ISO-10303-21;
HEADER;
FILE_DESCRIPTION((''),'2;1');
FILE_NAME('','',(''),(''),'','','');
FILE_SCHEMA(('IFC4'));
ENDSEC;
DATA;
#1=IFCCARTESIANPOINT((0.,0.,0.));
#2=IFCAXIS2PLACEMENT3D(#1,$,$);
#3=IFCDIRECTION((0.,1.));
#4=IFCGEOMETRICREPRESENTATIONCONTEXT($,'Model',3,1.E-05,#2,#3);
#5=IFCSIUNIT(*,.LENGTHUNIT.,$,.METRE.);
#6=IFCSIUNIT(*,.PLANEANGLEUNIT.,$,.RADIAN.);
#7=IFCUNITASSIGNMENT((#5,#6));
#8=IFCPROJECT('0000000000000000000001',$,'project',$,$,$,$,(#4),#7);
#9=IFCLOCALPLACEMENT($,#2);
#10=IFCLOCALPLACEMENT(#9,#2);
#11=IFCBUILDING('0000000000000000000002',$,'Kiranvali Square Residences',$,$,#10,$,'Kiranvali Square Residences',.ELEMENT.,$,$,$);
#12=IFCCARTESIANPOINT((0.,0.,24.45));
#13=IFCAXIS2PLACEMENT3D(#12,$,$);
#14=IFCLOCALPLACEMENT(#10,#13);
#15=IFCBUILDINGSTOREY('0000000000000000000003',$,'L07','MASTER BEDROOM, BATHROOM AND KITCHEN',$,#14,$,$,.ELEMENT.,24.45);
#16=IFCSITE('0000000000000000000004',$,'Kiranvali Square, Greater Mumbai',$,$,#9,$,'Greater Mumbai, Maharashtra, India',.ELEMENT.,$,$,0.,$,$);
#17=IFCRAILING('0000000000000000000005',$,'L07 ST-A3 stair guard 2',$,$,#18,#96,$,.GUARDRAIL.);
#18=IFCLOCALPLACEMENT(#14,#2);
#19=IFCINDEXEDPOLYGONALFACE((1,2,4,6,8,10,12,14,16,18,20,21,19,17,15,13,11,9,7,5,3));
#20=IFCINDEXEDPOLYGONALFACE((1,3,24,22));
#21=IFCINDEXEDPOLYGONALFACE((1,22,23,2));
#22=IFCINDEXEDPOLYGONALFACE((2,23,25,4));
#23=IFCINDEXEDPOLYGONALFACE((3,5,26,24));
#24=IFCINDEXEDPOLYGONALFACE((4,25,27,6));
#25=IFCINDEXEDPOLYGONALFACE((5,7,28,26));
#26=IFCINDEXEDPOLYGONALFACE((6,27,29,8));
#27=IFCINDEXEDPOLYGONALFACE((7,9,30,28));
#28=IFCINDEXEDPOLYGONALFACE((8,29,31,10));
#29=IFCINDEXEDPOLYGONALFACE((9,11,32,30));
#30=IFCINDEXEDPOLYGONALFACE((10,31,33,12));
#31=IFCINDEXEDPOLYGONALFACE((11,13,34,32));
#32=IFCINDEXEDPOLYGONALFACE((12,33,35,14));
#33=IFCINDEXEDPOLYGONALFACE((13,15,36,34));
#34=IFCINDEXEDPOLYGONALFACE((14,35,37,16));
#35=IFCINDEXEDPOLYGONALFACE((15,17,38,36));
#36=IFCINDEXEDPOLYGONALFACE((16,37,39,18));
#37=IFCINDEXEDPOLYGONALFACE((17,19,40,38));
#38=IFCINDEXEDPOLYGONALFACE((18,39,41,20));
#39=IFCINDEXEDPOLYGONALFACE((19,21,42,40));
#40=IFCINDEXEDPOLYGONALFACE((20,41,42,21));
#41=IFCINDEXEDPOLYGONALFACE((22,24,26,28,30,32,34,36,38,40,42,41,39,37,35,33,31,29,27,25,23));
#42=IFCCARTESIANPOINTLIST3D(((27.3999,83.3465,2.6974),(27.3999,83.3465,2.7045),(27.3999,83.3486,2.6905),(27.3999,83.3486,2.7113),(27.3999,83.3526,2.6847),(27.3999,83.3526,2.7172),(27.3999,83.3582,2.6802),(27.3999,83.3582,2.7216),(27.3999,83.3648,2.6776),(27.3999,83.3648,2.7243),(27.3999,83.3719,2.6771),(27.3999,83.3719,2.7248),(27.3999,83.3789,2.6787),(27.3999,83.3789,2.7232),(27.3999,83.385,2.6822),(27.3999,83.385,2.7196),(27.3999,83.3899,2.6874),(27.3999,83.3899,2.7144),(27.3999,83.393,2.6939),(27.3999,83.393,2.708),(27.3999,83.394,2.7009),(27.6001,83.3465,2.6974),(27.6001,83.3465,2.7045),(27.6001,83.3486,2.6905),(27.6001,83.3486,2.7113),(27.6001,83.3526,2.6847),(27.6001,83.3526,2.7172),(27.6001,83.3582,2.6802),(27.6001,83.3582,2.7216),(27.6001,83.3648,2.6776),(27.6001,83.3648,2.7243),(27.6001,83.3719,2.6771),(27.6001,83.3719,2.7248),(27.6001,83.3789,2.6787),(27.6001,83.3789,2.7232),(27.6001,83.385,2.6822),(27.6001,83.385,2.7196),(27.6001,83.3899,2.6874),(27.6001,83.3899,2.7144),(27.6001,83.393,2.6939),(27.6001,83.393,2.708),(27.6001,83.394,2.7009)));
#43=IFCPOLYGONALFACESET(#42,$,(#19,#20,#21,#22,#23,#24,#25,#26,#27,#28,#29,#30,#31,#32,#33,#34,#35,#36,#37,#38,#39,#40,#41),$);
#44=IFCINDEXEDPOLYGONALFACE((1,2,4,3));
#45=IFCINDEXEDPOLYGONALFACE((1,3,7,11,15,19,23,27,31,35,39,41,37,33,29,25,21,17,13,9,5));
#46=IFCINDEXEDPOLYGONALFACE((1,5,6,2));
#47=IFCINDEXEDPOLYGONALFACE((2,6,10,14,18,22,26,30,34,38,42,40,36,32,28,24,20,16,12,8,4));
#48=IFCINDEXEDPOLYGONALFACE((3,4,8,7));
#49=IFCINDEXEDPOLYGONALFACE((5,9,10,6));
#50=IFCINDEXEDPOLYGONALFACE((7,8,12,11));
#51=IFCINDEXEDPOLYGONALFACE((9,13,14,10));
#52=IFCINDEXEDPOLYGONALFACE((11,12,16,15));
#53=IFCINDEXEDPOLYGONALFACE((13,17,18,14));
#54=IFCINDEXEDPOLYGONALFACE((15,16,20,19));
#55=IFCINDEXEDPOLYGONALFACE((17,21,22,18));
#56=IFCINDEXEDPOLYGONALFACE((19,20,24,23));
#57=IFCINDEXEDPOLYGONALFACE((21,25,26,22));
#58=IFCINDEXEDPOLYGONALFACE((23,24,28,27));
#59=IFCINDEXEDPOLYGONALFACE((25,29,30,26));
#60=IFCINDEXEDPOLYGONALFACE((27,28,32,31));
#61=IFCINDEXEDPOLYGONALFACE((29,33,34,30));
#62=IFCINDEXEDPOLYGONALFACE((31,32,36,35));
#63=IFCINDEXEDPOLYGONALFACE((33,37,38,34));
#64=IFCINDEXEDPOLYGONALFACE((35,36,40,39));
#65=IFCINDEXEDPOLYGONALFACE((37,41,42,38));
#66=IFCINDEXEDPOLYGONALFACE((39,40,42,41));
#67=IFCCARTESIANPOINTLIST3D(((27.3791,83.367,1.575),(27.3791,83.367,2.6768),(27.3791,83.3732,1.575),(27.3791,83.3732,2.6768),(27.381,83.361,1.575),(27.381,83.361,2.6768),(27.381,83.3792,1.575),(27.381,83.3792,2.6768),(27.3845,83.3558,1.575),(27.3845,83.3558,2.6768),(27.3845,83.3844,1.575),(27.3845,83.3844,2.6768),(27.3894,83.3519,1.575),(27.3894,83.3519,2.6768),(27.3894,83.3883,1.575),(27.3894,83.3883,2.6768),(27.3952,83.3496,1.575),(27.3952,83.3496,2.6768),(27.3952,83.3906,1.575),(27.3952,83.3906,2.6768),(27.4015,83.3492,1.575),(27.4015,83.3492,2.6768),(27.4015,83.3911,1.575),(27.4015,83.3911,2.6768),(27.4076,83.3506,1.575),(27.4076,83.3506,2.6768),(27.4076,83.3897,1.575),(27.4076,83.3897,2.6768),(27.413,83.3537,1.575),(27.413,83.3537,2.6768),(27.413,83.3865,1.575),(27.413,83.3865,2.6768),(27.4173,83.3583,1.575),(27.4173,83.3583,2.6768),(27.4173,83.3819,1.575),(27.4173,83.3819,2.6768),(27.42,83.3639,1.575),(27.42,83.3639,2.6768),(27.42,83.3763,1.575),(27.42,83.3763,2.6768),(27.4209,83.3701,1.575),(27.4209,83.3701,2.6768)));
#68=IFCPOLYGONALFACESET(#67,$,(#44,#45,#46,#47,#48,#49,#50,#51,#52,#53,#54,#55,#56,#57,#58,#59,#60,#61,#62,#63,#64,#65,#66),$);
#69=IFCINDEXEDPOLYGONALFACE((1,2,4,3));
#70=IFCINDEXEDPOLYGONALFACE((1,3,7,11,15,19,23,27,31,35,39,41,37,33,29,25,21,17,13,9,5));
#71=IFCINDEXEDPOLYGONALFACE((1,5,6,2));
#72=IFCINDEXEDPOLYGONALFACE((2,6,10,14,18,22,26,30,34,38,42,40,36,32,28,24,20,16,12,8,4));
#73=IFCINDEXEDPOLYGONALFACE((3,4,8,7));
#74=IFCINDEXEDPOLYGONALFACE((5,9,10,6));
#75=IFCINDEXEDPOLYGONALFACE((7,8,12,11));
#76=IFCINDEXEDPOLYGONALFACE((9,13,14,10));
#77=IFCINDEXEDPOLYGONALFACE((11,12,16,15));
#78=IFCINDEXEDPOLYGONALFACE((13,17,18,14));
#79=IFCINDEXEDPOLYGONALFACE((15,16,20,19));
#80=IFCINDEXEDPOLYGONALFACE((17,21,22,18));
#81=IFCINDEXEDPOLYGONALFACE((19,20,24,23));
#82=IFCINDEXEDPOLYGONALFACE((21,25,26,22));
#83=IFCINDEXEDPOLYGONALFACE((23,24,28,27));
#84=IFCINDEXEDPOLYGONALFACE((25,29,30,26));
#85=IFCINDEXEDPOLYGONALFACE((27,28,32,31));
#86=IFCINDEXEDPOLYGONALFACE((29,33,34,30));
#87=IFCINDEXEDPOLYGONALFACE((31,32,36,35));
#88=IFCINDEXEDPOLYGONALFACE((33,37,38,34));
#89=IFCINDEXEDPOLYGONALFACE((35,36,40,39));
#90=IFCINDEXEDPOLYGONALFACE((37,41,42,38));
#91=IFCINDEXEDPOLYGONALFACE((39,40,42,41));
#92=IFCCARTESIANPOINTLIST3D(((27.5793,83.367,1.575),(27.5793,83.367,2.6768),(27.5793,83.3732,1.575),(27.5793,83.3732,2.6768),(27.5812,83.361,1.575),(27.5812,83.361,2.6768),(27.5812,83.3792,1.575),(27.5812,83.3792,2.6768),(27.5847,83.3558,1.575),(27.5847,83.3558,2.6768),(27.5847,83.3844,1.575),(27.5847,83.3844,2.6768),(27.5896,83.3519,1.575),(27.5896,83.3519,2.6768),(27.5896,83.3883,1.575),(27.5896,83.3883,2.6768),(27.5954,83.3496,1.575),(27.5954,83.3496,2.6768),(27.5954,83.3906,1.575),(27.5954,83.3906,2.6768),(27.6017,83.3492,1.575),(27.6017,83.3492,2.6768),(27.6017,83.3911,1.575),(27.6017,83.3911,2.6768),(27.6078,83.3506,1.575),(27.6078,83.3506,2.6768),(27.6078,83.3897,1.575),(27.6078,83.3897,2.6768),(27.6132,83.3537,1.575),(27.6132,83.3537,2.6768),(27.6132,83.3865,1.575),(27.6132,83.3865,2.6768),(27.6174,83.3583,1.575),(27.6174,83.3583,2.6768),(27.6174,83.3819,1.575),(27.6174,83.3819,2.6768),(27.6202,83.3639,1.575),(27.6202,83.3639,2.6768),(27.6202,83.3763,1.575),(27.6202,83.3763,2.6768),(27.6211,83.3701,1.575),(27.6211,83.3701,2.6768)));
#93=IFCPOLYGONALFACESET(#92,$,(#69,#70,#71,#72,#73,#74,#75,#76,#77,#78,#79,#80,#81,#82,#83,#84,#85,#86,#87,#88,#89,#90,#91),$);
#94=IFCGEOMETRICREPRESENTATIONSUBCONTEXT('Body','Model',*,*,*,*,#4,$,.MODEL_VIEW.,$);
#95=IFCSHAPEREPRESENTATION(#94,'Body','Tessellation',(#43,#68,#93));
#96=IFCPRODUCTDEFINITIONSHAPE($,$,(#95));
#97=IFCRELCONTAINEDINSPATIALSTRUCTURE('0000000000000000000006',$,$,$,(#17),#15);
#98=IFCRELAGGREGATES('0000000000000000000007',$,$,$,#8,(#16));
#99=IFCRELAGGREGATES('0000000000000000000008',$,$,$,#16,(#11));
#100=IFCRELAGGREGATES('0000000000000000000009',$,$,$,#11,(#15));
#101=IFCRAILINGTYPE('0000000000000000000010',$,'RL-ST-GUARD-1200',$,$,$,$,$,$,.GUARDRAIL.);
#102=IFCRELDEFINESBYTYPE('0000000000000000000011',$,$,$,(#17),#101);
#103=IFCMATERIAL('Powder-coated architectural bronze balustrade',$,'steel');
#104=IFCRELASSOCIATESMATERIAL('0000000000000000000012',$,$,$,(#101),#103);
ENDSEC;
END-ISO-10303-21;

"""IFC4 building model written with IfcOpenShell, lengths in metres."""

from ifc_helpers import new_model, si_unit, direction, frame, origin, origin_2d, place, context, subcontext, project, spatial, circle, extrude, material, type_object, element, save


model = new_model("IFC4")

# Units and contexts
model_context = context("Model", 3, precision=1e-05, world=origin(), true_north=direction((0.0, 1.0)))
body_context = subcontext(model_context, "Body", "Model", "MODEL_VIEW")
ifc_project = project(units=[si_unit("LENGTHUNIT", "METRE"), si_unit("PLANEANGLEUNIT", "RADIAN")], contexts=[model_context])

# Site, building, storey
site_placement = place(None, origin())
site = spatial("IfcSite", under=ifc_project, at=site_placement, Name="Kiranvali Square, Greater Mumbai", LongName="Greater Mumbai, Maharashtra, India", CompositionType="ELEMENT", RefElevation=0.0)
building_placement = place(site_placement, origin())
building = spatial("IfcBuilding", under=site, at=building_placement, Name="Kiranvali Square Residences", LongName="Kiranvali Square Residences", CompositionType="ELEMENT")
storey_placement = place(building_placement, frame((0.0, 0.0, 24.45)))
storey = spatial("IfcBuildingStorey", under=building, at=storey_placement, Name="L07", Description="MASTER BEDROOM, BATHROOM AND KITCHEN", CompositionType="ELEMENT", Elevation=24.45)

# Railing
ifc_material_1 = material(Name="Powder-coated architectural bronze balustrade", Category="steel")
railing_type_1 = type_object("IfcRailingType", Name="RL-ST-GUARD-1200", PredefinedType="GUARDRAIL", material=ifc_material_1)
railing_1_placement = place(storey_placement, frame((27.3999, 83.3701, 1.575)))
element("IfcRailing", 1, at=railing_1_placement, inside=storey, type_object=railing_type_1, Name="L07 ST-A3 stair guard 2", PredefinedType="GUARDRAIL", context=body_context, shape_type="SweptSolid", body=[
    extrude(circle(Radius=0.0239, at=origin_2d()), frame((0.0, 0.0, 1.126), z_axis=(1.0, 0.0, 0.0), x_axis=(0.0, 1.0, 0.0)), (0.0, 0.0, 1.0), 0.2002),
    extrude(circle(Radius=0.021, at=origin_2d()), origin(), (0.0, 0.0, 1.0), 1.1018),
    extrude(circle(Radius=0.021, at=origin_2d()), frame((0.2002, 0.0, 0.0)), (0.0, 0.0, 1.0), 1.1018),
])

save(model, "model.ifc")
